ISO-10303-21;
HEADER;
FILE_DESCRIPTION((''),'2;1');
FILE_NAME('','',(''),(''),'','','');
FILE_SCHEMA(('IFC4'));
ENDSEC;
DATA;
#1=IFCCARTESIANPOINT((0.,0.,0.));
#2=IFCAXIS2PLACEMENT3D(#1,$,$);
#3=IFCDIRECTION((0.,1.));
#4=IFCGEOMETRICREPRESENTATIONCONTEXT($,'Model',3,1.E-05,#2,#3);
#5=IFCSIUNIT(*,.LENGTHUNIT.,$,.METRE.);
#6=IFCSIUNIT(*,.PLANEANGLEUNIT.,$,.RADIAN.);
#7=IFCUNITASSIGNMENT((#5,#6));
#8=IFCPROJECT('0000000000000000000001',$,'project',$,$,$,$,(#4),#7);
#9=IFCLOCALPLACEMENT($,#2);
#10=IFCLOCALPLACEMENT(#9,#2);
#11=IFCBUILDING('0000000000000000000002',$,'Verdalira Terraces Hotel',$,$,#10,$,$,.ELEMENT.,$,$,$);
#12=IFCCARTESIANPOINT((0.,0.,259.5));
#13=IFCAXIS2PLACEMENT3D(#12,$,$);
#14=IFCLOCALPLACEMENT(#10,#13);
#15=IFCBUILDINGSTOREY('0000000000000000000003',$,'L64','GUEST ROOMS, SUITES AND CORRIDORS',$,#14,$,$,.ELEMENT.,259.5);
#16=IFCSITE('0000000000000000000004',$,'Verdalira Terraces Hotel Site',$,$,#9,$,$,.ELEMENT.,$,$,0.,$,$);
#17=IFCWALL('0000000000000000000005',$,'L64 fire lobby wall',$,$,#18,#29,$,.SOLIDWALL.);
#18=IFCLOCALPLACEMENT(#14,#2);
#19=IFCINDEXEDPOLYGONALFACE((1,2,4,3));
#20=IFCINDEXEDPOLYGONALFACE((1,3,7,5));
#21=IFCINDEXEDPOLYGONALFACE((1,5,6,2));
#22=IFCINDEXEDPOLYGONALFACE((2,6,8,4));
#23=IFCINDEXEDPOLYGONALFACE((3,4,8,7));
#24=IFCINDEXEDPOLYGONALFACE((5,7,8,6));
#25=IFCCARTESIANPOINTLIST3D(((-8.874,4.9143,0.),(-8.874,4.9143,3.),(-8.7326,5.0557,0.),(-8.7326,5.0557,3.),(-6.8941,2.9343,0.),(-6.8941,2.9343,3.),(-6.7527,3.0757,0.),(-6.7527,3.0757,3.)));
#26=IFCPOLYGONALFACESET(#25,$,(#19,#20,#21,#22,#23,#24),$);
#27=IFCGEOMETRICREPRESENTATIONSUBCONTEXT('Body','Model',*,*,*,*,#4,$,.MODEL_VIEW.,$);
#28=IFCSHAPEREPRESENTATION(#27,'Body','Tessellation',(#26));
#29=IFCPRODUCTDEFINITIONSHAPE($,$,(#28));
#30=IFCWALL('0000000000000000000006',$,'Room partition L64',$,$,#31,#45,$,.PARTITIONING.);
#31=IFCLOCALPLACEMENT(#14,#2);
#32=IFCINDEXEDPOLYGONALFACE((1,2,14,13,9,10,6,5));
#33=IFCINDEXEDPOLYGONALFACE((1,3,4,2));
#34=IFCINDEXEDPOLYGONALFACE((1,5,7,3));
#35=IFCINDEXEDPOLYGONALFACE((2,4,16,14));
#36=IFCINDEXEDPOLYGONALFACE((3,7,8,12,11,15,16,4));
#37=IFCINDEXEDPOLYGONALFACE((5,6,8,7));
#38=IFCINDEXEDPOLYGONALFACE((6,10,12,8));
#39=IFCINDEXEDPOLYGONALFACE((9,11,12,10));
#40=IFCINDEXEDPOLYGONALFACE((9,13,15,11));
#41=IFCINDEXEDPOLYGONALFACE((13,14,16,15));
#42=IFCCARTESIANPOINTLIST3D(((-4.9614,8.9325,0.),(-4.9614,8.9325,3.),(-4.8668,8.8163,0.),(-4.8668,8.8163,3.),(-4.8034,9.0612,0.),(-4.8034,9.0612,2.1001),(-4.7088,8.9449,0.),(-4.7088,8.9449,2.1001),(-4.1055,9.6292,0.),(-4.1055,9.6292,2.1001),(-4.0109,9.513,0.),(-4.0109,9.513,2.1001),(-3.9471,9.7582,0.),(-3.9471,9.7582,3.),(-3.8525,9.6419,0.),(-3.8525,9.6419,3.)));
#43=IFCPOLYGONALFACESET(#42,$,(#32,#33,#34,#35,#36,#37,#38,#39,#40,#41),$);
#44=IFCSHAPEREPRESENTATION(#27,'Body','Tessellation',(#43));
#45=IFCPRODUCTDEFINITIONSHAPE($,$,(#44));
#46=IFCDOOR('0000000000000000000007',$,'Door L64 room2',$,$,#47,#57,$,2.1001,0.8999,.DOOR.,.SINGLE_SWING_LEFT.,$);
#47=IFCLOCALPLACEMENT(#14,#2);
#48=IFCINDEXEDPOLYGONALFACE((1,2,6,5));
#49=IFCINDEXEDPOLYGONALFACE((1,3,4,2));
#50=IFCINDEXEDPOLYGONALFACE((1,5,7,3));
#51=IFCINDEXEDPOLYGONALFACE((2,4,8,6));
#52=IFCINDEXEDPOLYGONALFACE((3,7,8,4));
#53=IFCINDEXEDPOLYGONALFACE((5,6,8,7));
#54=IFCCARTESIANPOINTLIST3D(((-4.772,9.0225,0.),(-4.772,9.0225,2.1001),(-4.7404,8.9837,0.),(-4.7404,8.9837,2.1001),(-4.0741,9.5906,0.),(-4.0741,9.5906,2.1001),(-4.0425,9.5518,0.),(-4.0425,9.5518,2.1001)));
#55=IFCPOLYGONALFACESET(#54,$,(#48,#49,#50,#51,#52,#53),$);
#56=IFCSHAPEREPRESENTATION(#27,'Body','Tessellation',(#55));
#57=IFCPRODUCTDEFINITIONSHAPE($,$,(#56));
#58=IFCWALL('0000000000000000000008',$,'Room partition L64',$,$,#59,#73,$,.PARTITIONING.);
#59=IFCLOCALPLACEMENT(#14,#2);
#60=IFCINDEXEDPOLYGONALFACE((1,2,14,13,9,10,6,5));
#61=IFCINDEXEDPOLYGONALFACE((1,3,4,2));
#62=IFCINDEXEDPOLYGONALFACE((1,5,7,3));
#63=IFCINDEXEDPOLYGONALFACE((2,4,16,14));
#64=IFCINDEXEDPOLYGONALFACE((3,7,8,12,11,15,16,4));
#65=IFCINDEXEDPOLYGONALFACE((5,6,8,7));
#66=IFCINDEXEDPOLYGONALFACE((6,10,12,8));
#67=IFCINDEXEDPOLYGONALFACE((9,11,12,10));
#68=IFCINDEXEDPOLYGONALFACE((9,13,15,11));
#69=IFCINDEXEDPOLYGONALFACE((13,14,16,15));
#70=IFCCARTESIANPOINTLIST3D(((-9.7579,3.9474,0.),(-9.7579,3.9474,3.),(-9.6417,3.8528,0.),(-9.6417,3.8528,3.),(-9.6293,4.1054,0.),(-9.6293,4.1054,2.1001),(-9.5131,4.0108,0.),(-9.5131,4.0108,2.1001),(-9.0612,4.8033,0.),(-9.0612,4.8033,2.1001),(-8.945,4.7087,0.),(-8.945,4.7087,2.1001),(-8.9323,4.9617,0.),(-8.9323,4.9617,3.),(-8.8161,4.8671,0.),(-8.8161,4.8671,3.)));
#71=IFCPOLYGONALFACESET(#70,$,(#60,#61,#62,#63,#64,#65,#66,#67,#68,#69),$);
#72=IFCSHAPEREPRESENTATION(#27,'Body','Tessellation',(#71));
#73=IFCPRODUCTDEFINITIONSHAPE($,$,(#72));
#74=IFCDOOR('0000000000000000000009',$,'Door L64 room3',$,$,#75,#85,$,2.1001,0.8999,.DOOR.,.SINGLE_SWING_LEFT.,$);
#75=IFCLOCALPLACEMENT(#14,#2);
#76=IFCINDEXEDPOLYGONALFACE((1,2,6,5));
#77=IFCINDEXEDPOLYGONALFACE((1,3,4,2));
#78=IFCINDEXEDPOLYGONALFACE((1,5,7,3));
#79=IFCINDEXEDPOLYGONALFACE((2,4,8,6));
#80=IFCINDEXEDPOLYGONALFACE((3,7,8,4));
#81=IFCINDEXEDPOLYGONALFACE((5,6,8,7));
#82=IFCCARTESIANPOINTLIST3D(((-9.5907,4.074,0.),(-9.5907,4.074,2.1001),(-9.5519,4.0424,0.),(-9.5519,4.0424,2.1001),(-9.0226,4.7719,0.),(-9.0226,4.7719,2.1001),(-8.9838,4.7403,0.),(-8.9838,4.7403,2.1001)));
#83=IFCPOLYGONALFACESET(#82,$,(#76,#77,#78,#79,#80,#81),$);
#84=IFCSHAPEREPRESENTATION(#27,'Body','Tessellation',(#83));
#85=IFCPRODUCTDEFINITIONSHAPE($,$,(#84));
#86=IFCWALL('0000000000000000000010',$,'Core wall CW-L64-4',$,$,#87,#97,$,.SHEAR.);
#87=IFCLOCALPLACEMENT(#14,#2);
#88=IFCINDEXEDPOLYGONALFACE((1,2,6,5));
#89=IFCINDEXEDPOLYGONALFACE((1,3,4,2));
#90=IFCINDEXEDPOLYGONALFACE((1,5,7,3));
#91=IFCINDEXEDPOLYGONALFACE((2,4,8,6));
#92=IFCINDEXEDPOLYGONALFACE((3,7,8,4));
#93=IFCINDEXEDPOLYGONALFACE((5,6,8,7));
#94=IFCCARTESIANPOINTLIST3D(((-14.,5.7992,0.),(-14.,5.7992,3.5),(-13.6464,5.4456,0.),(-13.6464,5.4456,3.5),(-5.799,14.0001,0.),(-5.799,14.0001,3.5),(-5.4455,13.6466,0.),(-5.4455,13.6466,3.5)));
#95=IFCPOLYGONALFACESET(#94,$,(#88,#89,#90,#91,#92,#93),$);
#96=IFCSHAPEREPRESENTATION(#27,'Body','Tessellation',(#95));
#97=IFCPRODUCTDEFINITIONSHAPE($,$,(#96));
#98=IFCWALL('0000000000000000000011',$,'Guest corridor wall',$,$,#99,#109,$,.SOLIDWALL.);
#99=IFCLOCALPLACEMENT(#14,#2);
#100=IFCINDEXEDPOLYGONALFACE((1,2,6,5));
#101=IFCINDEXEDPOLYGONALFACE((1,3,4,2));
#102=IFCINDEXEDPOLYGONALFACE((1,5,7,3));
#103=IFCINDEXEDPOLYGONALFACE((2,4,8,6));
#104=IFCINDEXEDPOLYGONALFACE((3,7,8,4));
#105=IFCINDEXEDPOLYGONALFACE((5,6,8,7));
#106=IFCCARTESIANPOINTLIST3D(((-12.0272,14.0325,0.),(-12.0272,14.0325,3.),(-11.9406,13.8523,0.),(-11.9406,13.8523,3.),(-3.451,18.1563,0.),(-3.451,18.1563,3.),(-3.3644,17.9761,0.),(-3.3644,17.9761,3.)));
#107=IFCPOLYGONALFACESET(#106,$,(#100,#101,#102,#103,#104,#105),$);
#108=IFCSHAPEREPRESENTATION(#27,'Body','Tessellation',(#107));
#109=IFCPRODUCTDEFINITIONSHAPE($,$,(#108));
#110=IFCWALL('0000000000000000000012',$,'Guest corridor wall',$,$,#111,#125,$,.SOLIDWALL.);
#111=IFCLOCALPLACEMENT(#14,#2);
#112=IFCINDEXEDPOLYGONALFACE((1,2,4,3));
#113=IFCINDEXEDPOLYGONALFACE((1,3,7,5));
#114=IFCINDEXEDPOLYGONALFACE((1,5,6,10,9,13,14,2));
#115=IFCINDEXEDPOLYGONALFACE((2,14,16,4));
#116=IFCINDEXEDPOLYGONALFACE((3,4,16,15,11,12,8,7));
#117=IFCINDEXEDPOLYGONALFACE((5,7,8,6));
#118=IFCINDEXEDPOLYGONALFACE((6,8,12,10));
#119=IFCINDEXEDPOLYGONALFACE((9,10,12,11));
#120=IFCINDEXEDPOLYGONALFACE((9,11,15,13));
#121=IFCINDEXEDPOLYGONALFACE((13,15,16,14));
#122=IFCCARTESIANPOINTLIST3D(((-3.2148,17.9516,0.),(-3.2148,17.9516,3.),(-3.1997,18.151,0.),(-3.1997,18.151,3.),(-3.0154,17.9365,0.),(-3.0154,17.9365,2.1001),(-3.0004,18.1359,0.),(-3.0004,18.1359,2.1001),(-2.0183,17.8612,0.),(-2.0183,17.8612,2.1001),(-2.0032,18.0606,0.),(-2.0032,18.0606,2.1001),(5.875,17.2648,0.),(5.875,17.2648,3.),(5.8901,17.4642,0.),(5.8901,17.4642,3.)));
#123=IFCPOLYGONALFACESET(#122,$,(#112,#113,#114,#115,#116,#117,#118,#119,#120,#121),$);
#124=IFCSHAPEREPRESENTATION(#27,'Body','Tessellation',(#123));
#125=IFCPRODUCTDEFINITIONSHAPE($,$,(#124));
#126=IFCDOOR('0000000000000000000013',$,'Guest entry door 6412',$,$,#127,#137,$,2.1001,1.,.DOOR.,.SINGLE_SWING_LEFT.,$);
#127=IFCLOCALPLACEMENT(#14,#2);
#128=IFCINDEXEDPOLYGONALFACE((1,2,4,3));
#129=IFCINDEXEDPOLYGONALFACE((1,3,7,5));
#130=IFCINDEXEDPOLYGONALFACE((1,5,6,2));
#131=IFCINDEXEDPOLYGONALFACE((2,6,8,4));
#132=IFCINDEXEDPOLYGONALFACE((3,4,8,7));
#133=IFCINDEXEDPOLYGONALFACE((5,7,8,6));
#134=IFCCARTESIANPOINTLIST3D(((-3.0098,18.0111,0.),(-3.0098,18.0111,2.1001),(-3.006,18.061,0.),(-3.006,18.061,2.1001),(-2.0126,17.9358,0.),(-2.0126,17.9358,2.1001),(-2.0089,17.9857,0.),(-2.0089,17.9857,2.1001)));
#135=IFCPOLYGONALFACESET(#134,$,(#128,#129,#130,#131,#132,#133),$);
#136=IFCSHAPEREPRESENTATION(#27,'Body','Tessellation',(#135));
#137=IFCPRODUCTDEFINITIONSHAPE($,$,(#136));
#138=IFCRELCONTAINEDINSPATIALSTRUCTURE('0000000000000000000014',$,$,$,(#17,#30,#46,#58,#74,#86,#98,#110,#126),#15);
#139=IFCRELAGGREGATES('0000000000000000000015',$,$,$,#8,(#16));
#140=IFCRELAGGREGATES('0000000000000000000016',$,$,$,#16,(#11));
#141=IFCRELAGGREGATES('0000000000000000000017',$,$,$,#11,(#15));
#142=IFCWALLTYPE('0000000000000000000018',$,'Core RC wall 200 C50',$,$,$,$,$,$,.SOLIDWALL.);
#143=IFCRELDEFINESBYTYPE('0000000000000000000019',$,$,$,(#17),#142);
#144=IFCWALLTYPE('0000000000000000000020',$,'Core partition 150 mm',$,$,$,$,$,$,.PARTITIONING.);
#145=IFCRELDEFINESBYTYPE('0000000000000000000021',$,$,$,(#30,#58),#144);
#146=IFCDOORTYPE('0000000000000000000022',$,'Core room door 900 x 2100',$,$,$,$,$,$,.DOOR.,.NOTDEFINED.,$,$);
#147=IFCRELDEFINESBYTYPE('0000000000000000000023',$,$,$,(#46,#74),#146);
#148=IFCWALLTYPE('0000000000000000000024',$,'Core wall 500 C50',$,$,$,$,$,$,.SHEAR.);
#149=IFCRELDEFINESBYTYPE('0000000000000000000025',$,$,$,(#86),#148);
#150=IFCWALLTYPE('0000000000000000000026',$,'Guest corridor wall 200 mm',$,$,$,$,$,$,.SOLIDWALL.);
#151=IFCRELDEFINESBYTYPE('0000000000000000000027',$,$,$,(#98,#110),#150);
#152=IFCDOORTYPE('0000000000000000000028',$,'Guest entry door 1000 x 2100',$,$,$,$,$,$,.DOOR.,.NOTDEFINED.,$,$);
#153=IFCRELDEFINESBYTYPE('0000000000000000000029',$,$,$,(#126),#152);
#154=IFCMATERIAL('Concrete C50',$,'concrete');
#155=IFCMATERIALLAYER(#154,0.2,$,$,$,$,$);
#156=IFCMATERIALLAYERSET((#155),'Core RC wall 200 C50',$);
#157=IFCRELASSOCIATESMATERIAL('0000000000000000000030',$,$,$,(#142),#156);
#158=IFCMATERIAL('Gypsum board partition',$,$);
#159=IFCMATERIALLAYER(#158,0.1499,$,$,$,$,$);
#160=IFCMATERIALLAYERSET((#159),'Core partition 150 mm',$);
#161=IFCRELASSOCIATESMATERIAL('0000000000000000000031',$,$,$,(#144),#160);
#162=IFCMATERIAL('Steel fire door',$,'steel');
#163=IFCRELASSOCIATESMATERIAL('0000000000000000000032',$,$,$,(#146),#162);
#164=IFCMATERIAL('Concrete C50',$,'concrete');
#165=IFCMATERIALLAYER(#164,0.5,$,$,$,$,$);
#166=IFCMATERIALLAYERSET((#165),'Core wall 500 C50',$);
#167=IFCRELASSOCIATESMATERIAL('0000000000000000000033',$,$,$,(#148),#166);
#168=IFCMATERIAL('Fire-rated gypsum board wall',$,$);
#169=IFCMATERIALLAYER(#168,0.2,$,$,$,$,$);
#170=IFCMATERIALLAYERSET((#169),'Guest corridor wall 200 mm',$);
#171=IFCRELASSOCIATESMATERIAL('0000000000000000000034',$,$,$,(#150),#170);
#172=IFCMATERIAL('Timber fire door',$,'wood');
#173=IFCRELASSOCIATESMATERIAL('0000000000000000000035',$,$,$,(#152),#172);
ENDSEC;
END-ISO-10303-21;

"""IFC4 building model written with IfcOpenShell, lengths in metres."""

from ifc_helpers import new_model, si_unit, direction, frame, frame_2d, origin, place, context, subcontext, project, spatial, rectangle, extrude, material, layer, layer_set, type_object, element, fill, save


model = new_model("IFC4")

# Units and contexts
model_context = context("Model", 3, precision=1e-05, world=origin(), true_north=direction((0.0, 1.0)))
body_context = subcontext(model_context, "Body", "Model", "MODEL_VIEW")
ifc_project = project(units=[si_unit("LENGTHUNIT", "METRE"), si_unit("PLANEANGLEUNIT", "RADIAN")], contexts=[model_context])

# Site, building, storey
site_placement = place(None, origin())
site = spatial("IfcSite", under=ifc_project, at=site_placement, Name="Verdalira Terraces Hotel Site", CompositionType="ELEMENT", RefElevation=0.0)
building_placement = place(site_placement, origin())
building = spatial("IfcBuilding", under=site, at=building_placement, Name="Verdalira Terraces Hotel", CompositionType="ELEMENT")
storey_placement = place(building_placement, frame((0.0, 0.0, 259.5)))
storey = spatial("IfcBuildingStorey", under=building, at=storey_placement, Name="L64", Description="GUEST ROOMS, SUITES AND CORRIDORS", CompositionType="ELEMENT", Elevation=259.5)

# Shared definitions
ifc_material_1 = material(Name="Concrete C50", Category="concrete")
ifc_layer_1 = layer(ifc_material_1, 0.2)
ifc_layer_set_1 = layer_set([ifc_layer_1], Name="Core RC wall 200 C50")
wall_type_1 = type_object("IfcWallType", Name="Core RC wall 200 C50", PredefinedType="SOLIDWALL", material=ifc_layer_set_1)

# Wall
for number, where, z_axis, x_axis, name in (
    (1, (-6.8235, 3.0051, 0.0), (0.0, 0.0, 1.0), (-0.707107, 0.707107, 0.0), "L64 fire lobby wall"),
):
    element("IfcWall", number, at=place(storey_placement, frame(where, z_axis=z_axis, x_axis=x_axis)), inside=storey, type_object=wall_type_1, Name=name, PredefinedType="SOLIDWALL", context=body_context, shape_type="SweptSolid", body=[
        extrude(rectangle(XDim=2.8, YDim=0.2, at=frame_2d((1.3999, 0.0))), origin(), (0.0, 0.0, 1.0), 3.0),
    ])

# Walls, openings, doors
ifc_material_2 = material(Name="Gypsum board partition")
ifc_layer_2 = layer(ifc_material_2, 0.1499)
ifc_layer_set_2 = layer_set([ifc_layer_2], Name="Core partition 150 mm")
wall_type_2 = type_object("IfcWallType", Name="Core partition 150 mm", PredefinedType="PARTITIONING", material=ifc_layer_set_2)
wall_1_placement = place(storey_placement, frame((-3.8999, 9.7, 0.0), z_axis=(0.0, 0.0, 1.0), x_axis=(-0.77556, -0.631274, 0.0)))
wall_1 = element("IfcWall", 2, at=wall_1_placement, inside=storey, type_object=wall_type_2, Name="Room partition L64", PredefinedType="PARTITIONING", context=body_context, shape_type="SweptSolid", body=[
    extrude(rectangle(XDim=1.3079, YDim=0.1499, at=frame_2d((0.6538, 0.0))), origin(), (0.0, 0.0, 1.0), 3.0),
])
opening_1_placement = place(wall_1_placement, frame((0.2041, 0.0, 0.0)))
opening_1 = element("IfcOpeningElement", 3, at=opening_1_placement, cuts=wall_1, PredefinedType="OPENING", context=body_context, shape_type="SweptSolid", body=[
    extrude(rectangle(XDim=0.8999, YDim=2.1001, at=frame_2d((0.45, 1.05))), frame((0.0, 0.085, 0.0), z_axis=(0.0, -1.0, 0.0), x_axis=(1.0, 0.0, 0.0)), (0.0, 0.0, 1.0), 0.1699),
])
ifc_material_3 = material(Name="Steel fire door", Category="steel")
door_type_1 = type_object("IfcDoorType", Name="Core room door 900 x 2100", OperationType="NOTDEFINED", PredefinedType="DOOR", material=ifc_material_3)
door_1_placement = place(opening_1_placement, origin())
door_1 = element("IfcDoor", 4, at=door_1_placement, inside=storey, type_object=door_type_1, Name="Door L64 room2", OperationType="SINGLE_SWING_LEFT", OverallHeight=2.1001, OverallWidth=0.8999, PredefinedType="DOOR", context=body_context, shape_type="SweptSolid", body=[
    extrude(rectangle(XDim=0.8999, YDim=2.1001, at=frame_2d((0.45, 1.05))), frame((0.0, 0.0249, 0.0), z_axis=(0.0, -1.0, 0.0), x_axis=(1.0, 0.0, 0.0)), (0.0, 0.0, 1.0), 0.05),
])
fill(opening_1, door_1)
wall_2_placement = place(storey_placement, frame((-8.8743, 4.9143, 0.0), z_axis=(0.0, 0.0, 1.0), x_axis=(-0.631274, -0.77556, 0.0)))
wall_2 = element("IfcWall", 5, at=wall_2_placement, inside=storey, type_object=wall_type_2, Name="Room partition L64", PredefinedType="PARTITIONING", context=body_context, shape_type="SweptSolid", body=[
    extrude(rectangle(XDim=1.3079, YDim=0.1499, at=frame_2d((0.6538, 0.0))), origin(), (0.0, 0.0, 1.0), 3.0),
])
opening_2_placement = place(wall_2_placement, frame((0.2041, 0.0, 0.0)))
opening_2 = element("IfcOpeningElement", 6, at=opening_2_placement, cuts=wall_2, PredefinedType="OPENING", context=body_context, shape_type="SweptSolid", body=[
    extrude(rectangle(XDim=0.8999, YDim=2.1001, at=frame_2d((0.45, 1.05))), frame((0.0, 0.085, 0.0), z_axis=(0.0, -1.0, 0.0), x_axis=(1.0, 0.0, 0.0)), (0.0, 0.0, 1.0), 0.1699),
])
door_2_placement = place(opening_2_placement, origin())
door_2 = element("IfcDoor", 7, at=door_2_placement, inside=storey, type_object=door_type_1, Name="Door L64 room3", OperationType="SINGLE_SWING_LEFT", OverallHeight=2.1001, OverallWidth=0.8999, PredefinedType="DOOR", context=body_context, shape_type="SweptSolid", body=[
    extrude(rectangle(XDim=0.8999, YDim=2.1001, at=frame_2d((0.45, 1.05))), frame((0.0, 0.0249, 0.0), z_axis=(0.0, -1.0, 0.0), x_axis=(1.0, 0.0, 0.0)), (0.0, 0.0, 1.0), 0.05),
])
fill(opening_2, door_2)

# Walls
ifc_material_4 = material(Name="Concrete C50", Category="concrete")
ifc_layer_3 = layer(ifc_material_4, 0.5)
ifc_layer_set_3 = layer_set([ifc_layer_3], Name="Core wall 500 C50")
wall_type_3 = type_object("IfcWallType", Name="Core wall 500 C50", PredefinedType="SHEAR", material=ifc_layer_set_3)
wall_3_placement = place(storey_placement, frame((-5.6223, 13.8232, 0.0), z_axis=(0.0, 0.0, 1.0), x_axis=(-0.707107, -0.707107, 0.0)))
element("IfcWall", 8, at=wall_3_placement, inside=storey, type_object=wall_type_3, Name="Core wall CW-L64-4", PredefinedType="SHEAR", context=body_context, shape_type="SweptSolid", body=[
    extrude(rectangle(XDim=11.5979, YDim=0.5, at=frame_2d((5.7988, 0.0))), origin(), (0.0, 0.0, 1.0), 3.5),
])
ifc_material_5 = material(Name="Fire-rated gypsum board wall")
ifc_layer_4 = layer(ifc_material_5, 0.2)
ifc_layer_set_4 = layer_set([ifc_layer_4], Name="Guest corridor wall 200 mm")
wall_type_4 = type_object("IfcWallType", Name="Guest corridor wall 200 mm", PredefinedType="SOLIDWALL", material=ifc_layer_set_4)
wall_4_placement = place(storey_placement, frame((-3.4077, 18.0662, 0.0), z_axis=(0.0, 0.0, 1.0), x_axis=(-0.901227, -0.433347, 0.0)))
element("IfcWall", 9, at=wall_4_placement, inside=storey, type_object=wall_type_4, Name="Guest corridor wall", PredefinedType="SOLIDWALL", context=body_context, shape_type="SweptSolid", body=[
    extrude(rectangle(XDim=9.5161, YDim=0.2, at=frame_2d((4.7581, 0.0))), origin(), (0.0, 0.0, 1.0), 3.0),
])

# Wall, opening, door
wall_5_placement = place(storey_placement, frame((-3.2073, 18.0513, 0.0), z_axis=(0.0, 0.0, 1.0), x_axis=(0.997158, -0.075339, 0.0)))
wall_5 = element("IfcWall", 10, at=wall_5_placement, inside=storey, type_object=wall_type_4, Name="Guest corridor wall", PredefinedType="SOLIDWALL", context=body_context, shape_type="SweptSolid", body=[
    extrude(rectangle(XDim=9.1157, YDim=0.2, at=frame_2d((4.5579, 0.0))), origin(), (0.0, 0.0, 1.0), 3.0),
])
opening_3_placement = place(wall_5_placement, frame((0.2, 0.0, 0.0)))
opening_3 = element("IfcOpeningElement", 11, at=opening_3_placement, cuts=wall_5, PredefinedType="OPENING", context=body_context, shape_type="SweptSolid", body=[
    extrude(rectangle(XDim=1.0, YDim=2.1001, at=frame_2d((0.5, 1.05))), frame((0.0, 0.1099, 0.0), z_axis=(0.0, -1.0, 0.0), x_axis=(1.0, 0.0, 0.0)), (0.0, 0.0, 1.0), 0.22),
])
ifc_material_6 = material(Name="Timber fire door", Category="wood")
door_type_2 = type_object("IfcDoorType", Name="Guest entry door 1000 x 2100", OperationType="NOTDEFINED", PredefinedType="DOOR", material=ifc_material_6)
door_3_placement = place(opening_3_placement, origin())
door_3 = element("IfcDoor", 12, at=door_3_placement, inside=storey, type_object=door_type_2, Name="Guest entry door 6412", OperationType="SINGLE_SWING_LEFT", OverallHeight=2.1001, OverallWidth=1.0, PredefinedType="DOOR", context=body_context, shape_type="SweptSolid", body=[
    extrude(rectangle(XDim=1.0, YDim=2.1001, at=frame_2d((0.5, 1.05))), frame((0.0, 0.0249, 0.0), z_axis=(0.0, -1.0, 0.0), x_axis=(1.0, 0.0, 0.0)), (0.0, 0.0, 1.0), 0.05),
])
fill(opening_3, door_3)

save(model, "model.ifc")
